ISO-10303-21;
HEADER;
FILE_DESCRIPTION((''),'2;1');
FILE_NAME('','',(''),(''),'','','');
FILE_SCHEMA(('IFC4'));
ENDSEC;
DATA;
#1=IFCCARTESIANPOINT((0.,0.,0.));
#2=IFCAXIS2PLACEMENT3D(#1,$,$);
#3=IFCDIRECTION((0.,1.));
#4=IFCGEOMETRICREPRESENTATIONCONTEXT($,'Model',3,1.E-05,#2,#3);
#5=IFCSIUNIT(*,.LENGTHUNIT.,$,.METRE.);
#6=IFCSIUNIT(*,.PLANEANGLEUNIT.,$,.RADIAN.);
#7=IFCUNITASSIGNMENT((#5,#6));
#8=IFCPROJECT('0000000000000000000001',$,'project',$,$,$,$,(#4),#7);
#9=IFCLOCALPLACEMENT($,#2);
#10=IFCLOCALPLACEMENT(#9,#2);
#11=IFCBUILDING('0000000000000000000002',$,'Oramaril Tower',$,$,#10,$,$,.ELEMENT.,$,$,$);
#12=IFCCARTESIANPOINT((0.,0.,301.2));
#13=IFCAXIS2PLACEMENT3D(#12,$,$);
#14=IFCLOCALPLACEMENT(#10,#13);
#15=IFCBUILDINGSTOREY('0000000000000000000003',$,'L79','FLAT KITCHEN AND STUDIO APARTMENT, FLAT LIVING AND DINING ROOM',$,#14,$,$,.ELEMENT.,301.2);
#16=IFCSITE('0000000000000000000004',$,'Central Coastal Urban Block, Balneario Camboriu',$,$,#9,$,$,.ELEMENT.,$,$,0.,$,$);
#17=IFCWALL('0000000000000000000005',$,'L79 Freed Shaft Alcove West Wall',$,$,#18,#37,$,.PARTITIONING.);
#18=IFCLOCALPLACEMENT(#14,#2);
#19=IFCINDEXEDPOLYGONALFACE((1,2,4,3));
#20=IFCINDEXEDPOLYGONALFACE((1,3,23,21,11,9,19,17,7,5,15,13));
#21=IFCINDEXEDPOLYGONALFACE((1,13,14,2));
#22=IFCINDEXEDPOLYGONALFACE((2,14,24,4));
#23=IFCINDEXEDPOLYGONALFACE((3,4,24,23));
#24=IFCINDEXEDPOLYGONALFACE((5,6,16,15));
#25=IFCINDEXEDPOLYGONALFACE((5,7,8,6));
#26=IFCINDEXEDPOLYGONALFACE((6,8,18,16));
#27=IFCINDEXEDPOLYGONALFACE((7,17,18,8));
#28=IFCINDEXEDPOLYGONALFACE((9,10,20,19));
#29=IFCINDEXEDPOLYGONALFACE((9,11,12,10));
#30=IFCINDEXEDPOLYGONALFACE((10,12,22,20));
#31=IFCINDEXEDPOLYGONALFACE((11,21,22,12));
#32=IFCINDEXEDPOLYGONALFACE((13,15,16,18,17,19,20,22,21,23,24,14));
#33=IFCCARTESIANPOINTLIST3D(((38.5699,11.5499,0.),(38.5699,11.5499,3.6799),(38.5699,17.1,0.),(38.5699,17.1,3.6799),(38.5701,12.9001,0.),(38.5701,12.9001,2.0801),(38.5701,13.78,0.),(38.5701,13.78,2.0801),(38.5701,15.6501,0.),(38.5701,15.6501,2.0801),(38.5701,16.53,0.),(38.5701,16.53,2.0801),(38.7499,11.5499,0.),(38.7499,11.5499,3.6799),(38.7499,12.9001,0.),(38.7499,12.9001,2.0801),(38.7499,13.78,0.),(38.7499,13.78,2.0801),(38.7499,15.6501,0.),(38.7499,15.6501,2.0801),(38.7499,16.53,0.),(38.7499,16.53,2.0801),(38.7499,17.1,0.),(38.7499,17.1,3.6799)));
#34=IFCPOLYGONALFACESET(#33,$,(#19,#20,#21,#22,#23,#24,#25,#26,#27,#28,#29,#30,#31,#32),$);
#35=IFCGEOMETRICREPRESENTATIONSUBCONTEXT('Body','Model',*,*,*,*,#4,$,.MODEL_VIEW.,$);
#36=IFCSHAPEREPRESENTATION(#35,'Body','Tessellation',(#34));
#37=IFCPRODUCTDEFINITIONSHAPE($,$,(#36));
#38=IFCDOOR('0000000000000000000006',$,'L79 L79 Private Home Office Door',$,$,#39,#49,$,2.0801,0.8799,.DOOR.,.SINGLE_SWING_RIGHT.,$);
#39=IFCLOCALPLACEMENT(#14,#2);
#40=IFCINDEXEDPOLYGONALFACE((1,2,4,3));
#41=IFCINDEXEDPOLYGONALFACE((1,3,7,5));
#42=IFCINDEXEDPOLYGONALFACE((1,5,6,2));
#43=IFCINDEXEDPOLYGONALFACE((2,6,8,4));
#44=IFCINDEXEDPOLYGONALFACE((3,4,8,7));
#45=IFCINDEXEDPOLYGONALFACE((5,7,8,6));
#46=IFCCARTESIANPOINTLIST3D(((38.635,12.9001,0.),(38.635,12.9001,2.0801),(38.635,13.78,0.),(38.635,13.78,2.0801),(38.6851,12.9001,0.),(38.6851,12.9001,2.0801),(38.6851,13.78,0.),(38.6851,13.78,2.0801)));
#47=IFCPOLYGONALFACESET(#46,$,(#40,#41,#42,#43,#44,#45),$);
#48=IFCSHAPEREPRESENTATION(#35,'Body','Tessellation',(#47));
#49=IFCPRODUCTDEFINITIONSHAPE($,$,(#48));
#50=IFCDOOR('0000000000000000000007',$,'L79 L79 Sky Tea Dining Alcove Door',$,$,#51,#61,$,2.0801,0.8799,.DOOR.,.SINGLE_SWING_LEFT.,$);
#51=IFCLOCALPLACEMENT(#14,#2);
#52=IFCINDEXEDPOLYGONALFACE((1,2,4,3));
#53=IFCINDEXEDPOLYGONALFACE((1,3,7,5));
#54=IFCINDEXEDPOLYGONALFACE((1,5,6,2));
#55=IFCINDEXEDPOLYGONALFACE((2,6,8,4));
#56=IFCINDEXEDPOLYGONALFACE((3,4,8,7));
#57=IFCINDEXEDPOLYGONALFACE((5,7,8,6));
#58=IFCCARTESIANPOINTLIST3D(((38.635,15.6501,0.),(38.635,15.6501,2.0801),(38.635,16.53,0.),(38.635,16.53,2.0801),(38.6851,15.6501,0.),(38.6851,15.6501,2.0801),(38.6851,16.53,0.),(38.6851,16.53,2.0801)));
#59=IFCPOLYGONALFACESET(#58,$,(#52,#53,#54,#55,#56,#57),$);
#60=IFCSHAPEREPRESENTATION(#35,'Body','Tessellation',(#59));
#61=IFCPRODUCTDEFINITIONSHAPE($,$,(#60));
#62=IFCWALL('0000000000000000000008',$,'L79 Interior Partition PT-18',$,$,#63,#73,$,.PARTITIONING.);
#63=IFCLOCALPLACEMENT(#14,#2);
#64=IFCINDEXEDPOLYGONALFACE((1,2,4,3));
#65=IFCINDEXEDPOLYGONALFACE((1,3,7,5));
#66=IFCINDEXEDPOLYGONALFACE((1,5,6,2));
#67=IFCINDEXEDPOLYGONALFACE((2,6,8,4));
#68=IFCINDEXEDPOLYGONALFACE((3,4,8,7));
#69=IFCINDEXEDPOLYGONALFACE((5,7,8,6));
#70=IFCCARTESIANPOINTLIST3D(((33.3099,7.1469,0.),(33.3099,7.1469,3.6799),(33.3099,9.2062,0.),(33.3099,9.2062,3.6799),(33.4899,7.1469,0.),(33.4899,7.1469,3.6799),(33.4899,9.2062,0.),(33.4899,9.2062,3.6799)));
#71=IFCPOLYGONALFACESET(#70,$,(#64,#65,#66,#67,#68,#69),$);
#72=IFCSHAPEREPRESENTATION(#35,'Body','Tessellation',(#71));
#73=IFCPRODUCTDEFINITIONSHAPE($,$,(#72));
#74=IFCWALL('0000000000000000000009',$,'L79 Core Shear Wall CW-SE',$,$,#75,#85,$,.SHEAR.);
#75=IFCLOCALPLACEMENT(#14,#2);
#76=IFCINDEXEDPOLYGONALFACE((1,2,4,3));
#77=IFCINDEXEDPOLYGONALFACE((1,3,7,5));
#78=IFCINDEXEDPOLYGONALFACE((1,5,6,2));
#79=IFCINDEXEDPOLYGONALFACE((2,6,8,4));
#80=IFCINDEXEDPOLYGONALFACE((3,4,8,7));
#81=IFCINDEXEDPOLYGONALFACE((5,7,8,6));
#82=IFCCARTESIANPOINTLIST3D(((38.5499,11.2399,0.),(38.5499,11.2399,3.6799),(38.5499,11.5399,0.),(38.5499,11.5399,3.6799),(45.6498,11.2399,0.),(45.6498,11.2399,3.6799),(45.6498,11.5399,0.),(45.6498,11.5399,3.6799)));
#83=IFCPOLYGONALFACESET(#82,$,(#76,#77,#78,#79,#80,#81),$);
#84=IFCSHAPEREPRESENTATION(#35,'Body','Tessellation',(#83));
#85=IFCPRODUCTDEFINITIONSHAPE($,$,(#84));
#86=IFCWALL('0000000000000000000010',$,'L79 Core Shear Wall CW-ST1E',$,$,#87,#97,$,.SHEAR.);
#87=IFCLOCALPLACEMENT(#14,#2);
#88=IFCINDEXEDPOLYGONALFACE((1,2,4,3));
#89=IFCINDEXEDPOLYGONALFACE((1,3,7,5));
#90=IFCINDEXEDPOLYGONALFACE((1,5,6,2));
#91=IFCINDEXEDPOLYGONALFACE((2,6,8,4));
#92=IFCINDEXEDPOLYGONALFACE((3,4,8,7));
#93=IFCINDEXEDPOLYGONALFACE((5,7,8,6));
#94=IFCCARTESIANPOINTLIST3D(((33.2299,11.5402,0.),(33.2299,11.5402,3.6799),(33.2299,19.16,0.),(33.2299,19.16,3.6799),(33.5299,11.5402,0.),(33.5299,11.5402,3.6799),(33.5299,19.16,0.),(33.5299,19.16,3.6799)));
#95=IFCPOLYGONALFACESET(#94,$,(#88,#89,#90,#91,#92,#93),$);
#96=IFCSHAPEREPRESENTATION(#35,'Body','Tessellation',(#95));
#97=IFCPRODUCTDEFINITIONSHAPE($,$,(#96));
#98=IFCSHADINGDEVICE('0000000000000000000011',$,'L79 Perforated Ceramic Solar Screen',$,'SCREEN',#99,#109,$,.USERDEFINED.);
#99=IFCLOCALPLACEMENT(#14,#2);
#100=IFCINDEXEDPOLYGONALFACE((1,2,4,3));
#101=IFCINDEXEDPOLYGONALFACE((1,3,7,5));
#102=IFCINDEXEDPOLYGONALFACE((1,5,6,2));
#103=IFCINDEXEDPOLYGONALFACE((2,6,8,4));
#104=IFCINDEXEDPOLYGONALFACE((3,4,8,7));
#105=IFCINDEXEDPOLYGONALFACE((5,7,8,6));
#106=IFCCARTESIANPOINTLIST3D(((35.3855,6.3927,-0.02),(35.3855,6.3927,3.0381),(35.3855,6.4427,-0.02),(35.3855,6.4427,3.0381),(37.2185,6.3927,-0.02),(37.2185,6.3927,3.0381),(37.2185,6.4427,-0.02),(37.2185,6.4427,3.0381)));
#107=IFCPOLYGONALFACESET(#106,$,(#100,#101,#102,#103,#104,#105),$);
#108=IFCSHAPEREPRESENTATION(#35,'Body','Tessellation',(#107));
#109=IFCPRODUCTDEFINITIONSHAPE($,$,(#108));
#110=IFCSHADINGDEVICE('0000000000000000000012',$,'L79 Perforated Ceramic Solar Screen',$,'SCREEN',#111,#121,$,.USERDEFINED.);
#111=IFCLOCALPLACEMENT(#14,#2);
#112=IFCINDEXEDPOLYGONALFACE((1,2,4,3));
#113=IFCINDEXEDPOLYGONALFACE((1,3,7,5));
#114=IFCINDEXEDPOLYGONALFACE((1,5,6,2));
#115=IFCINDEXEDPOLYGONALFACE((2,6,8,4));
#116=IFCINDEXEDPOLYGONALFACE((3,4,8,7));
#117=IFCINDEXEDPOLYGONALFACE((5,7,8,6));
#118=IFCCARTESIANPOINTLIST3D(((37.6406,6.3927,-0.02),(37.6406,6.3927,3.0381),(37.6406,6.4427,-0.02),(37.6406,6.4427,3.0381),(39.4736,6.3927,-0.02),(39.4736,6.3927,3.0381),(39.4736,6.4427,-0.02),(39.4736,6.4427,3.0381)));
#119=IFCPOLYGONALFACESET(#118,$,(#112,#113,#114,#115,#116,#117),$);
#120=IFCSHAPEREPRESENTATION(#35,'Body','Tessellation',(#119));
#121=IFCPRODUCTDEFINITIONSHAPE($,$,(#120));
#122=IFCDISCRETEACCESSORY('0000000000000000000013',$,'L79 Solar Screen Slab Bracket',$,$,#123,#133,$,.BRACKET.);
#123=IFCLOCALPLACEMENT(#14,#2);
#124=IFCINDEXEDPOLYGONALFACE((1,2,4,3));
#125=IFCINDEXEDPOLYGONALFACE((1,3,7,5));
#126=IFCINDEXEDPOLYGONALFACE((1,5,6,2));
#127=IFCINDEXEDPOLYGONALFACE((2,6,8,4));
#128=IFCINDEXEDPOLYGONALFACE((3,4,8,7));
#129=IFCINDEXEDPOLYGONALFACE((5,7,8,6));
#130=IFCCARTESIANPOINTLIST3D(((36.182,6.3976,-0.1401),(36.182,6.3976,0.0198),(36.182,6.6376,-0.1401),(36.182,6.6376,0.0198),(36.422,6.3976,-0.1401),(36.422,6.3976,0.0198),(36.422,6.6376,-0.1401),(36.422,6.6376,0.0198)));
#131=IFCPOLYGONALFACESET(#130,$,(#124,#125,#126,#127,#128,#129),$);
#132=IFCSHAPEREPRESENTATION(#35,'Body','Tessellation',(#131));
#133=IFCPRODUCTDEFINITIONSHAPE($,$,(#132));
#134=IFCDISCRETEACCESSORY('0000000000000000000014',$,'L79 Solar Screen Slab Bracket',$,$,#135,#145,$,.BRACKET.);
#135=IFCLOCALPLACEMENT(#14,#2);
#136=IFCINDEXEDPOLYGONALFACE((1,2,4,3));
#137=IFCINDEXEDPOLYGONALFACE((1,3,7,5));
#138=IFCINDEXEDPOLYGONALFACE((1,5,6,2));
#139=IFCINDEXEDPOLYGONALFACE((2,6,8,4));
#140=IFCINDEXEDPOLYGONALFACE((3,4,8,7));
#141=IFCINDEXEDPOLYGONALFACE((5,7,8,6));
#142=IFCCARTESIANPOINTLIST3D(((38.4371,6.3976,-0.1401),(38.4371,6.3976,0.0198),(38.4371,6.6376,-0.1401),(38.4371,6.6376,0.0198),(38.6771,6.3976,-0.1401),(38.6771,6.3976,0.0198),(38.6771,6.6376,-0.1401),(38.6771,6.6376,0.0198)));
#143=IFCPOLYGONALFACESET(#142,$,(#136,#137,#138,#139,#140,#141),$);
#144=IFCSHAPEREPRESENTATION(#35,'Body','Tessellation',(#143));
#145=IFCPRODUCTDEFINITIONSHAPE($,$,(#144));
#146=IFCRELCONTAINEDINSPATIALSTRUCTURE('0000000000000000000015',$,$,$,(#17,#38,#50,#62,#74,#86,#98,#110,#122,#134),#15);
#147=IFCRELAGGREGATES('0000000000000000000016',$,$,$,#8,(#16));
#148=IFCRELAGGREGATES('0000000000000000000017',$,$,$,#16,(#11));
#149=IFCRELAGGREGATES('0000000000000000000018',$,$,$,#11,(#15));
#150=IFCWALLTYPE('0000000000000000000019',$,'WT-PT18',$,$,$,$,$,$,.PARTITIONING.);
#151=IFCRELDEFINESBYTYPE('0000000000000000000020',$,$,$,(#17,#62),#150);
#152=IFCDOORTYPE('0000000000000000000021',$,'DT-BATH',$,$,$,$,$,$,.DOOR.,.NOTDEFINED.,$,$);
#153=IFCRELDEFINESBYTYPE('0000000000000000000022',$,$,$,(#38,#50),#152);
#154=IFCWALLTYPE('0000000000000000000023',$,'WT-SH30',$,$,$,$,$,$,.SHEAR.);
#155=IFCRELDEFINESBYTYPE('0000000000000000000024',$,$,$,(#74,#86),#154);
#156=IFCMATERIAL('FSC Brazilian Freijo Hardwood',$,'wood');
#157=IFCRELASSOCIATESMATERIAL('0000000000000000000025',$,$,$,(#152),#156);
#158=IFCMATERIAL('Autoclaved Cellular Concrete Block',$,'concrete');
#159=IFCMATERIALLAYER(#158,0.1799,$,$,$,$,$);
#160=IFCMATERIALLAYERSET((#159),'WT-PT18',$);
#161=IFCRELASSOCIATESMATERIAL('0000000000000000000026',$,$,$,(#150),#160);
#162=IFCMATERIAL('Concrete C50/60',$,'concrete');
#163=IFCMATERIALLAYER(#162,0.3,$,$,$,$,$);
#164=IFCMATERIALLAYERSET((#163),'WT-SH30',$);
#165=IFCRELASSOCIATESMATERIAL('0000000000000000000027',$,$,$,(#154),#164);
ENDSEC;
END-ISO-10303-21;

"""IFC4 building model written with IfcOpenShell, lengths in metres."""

from ifc_helpers import new_model, si_unit, direction, frame, frame_2d, origin, origin_2d, place, context, subcontext, project, spatial, rectangle, extrude, material, layer, layer_set, type_object, element, fill, save


model = new_model("IFC4")

# Units and contexts
model_context = context("Model", 3, precision=1e-05, world=origin(), true_north=direction((0.0, 1.0)))
body_context = subcontext(model_context, "Body", "Model", "MODEL_VIEW")
ifc_project = project(units=[si_unit("LENGTHUNIT", "METRE"), si_unit("PLANEANGLEUNIT", "RADIAN")], contexts=[model_context])

# Site, building, storey
site_placement = place(None, origin())
site = spatial("IfcSite", under=ifc_project, at=site_placement, Name="Central Coastal Urban Block, Balneario Camboriu", CompositionType="ELEMENT", RefElevation=0.0)
building_placement = place(site_placement, origin())
building = spatial("IfcBuilding", under=site, at=building_placement, Name="Oramaril Tower", CompositionType="ELEMENT")
storey_placement = place(building_placement, frame((0.0, 0.0, 301.2)))
storey = spatial("IfcBuildingStorey", under=building, at=storey_placement, Name="L79", Description="FLAT KITCHEN AND STUDIO APARTMENT, FLAT LIVING AND DINING ROOM", CompositionType="ELEMENT", Elevation=301.2)

# Shared definitions
ifc_material_1 = material(Name="FSC Brazilian Freijo Hardwood", Category="wood")
door_type_1 = type_object("IfcDoorType", Name="DT-BATH", OperationType="NOTDEFINED", PredefinedType="DOOR", material=ifc_material_1)

# Shared definitions
ifc_material_2 = material(Name="Autoclaved Cellular Concrete Block", Category="concrete")
ifc_layer_1 = layer(ifc_material_2, 0.1799)
ifc_layer_set_1 = layer_set([ifc_layer_1], Name="WT-PT18")
wall_type_1 = type_object("IfcWallType", Name="WT-PT18", PredefinedType="PARTITIONING", material=ifc_layer_set_1)

# Wall, openings, doors
wall_1_placement = place(storey_placement, frame((38.6599, 11.55, 0.0), z_axis=(0.0, 0.0, 1.0), x_axis=(0.0, 1.0, 0.0)))
wall_1 = element("IfcWall", 1, at=wall_1_placement, inside=storey, type_object=wall_type_1, Name="L79 Freed Shaft Alcove West Wall", PredefinedType="PARTITIONING", context=body_context, shape_type="SweptSolid", body=[
    extrude(rectangle(XDim=5.55, YDim=0.1799, at=frame_2d((2.7749, 0.0))), origin(), (0.0, 0.0, 1.0), 3.6799),
])
opening_1_placement = place(wall_1_placement, frame((1.3501, 0.0, 0.0)))
opening_1 = element("IfcOpeningElement", 2, at=opening_1_placement, cuts=wall_1, PredefinedType="OPENING", context=body_context, shape_type="SweptSolid", body=[
    extrude(rectangle(XDim=0.8799, YDim=2.0801, at=frame_2d((0.4399, 1.04))), frame((0.0, 0.0898, 0.0), z_axis=(0.0, -1.0, 0.0), x_axis=(1.0, 0.0, 0.0)), (0.0, 0.0, 1.0), 0.1799),
])
opening_2_placement = place(wall_1_placement, frame((4.1001, 0.0, 0.0)))
opening_2 = element("IfcOpeningElement", 3, at=opening_2_placement, cuts=wall_1, PredefinedType="OPENING", context=body_context, shape_type="SweptSolid", body=[
    extrude(rectangle(XDim=0.8799, YDim=2.0801, at=frame_2d((0.4399, 1.04))), frame((0.0, 0.0898, 0.0), z_axis=(0.0, -1.0, 0.0), x_axis=(1.0, 0.0, 0.0)), (0.0, 0.0, 1.0), 0.1799),
])
door_1_placement = place(opening_1_placement, origin())
door_1 = element("IfcDoor", 4, at=door_1_placement, inside=storey, type_object=door_type_1, Name="L79 L79 Private Home Office Door", OperationType="SINGLE_SWING_RIGHT", OverallHeight=2.0801, OverallWidth=0.8799, PredefinedType="DOOR", context=body_context, shape_type="SweptSolid", body=[
    extrude(rectangle(XDim=0.8799, YDim=2.0801, at=frame_2d((0.4399, 1.04))), frame((0.0, 0.0249, 0.0), z_axis=(0.0, -1.0, 0.0), x_axis=(1.0, 0.0, 0.0)), (0.0, 0.0, 1.0), 0.05),
])
fill(opening_1, door_1)
door_2_placement = place(opening_2_placement, origin())
door_2 = element("IfcDoor", 5, at=door_2_placement, inside=storey, type_object=door_type_1, Name="L79 L79 Sky Tea Dining Alcove Door", OperationType="SINGLE_SWING_LEFT", OverallHeight=2.0801, OverallWidth=0.8799, PredefinedType="DOOR", context=body_context, shape_type="SweptSolid", body=[
    extrude(rectangle(XDim=0.8799, YDim=2.0801, at=frame_2d((0.4399, 1.04))), frame((0.0, 0.0249, 0.0), z_axis=(0.0, -1.0, 0.0), x_axis=(1.0, 0.0, 0.0)), (0.0, 0.0, 1.0), 0.05),
])
fill(opening_2, door_2)

# Walls
wall_2_placement = place(storey_placement, frame((33.3999, 7.1467, 0.0), z_axis=(0.0, 0.0, 1.0), x_axis=(0.0, 1.0, 0.0)))
element("IfcWall", 6, at=wall_2_placement, inside=storey, type_object=wall_type_1, Name="L79 Interior Partition PT-18", PredefinedType="PARTITIONING", context=body_context, shape_type="SweptSolid", body=[
    extrude(rectangle(XDim=2.0593, YDim=0.1799, at=frame_2d((1.0298, 0.0))), origin(), (0.0, 0.0, 1.0), 3.6799),
])
ifc_material_3 = material(Name="Concrete C50/60", Category="concrete")
ifc_layer_2 = layer(ifc_material_3, 0.3)
ifc_layer_set_2 = layer_set([ifc_layer_2], Name="WT-SH30")
wall_type_2 = type_object("IfcWallType", Name="WT-SH30", PredefinedType="SHEAR", material=ifc_layer_set_2)
wall_3_placement = place(storey_placement, frame((38.55, 11.3899, 0.0), z_axis=(0.0, 0.0, 1.0), x_axis=(1.0, 0.0, 0.0)))
element("IfcWall", 7, at=wall_3_placement, inside=storey, type_object=wall_type_2, Name="L79 Core Shear Wall CW-SE", PredefinedType="SHEAR", context=body_context, shape_type="SweptSolid", body=[
    extrude(rectangle(XDim=7.0999, YDim=0.3, at=frame_2d((3.5498, 0.0))), origin(), (0.0, 0.0, 1.0), 3.6799),
])
wall_4_placement = place(storey_placement, frame((33.3799, 11.54, 0.0), z_axis=(0.0, 0.0, 1.0), x_axis=(0.0, 1.0, 0.0)))
element("IfcWall", 8, at=wall_4_placement, inside=storey, type_object=wall_type_2, Name="L79 Core Shear Wall CW-ST1E", PredefinedType="SHEAR", context=body_context, shape_type="SweptSolid", body=[
    extrude(rectangle(XDim=7.6199, YDim=0.3, at=frame_2d((3.8101, 0.0))), origin(), (0.0, 0.0, 1.0), 3.6799),
])

# Shading devices
for number, where, z_axis, x_axis, name in (
    (9, (36.302, 6.4177, -0.02), (0.0, 0.0, 1.0), (1.0, 0.0, 0.0), "L79 Perforated Ceramic Solar Screen"),
    (10, (38.5571, 6.4177, -0.02), (0.0, 0.0, 1.0), (1.0, 0.0, 0.0), "L79 Perforated Ceramic Solar Screen"),
):
    element("IfcShadingDevice", number, at=place(storey_placement, frame(where, z_axis=z_axis, x_axis=x_axis)), inside=storey, Name=name, ObjectType="SCREEN", PredefinedType="USERDEFINED", context=body_context, shape_type="SweptSolid", body=[
        extrude(rectangle(XDim=1.833, YDim=0.05, at=origin_2d()), origin(), (0.0, 0.0, 1.0), 3.0581),
    ])

# Discrete accessories
for number, where, z_axis, x_axis, name in (
    (11, (36.302, 6.5176, -0.1401), (0.0, 0.0, 1.0), (1.0, 0.0, 0.0), "L79 Solar Screen Slab Bracket"),
    (12, (38.5571, 6.5176, -0.1401), (0.0, 0.0, 1.0), (1.0, 0.0, 0.0), "L79 Solar Screen Slab Bracket"),
):
    element("IfcDiscreteAccessory", number, at=place(storey_placement, frame(where, z_axis=z_axis, x_axis=x_axis)), inside=storey, Name=name, PredefinedType="BRACKET", context=body_context, shape_type="SweptSolid", body=[
        extrude(rectangle(XDim=0.24, YDim=0.24, at=origin_2d()), origin(), (0.0, 0.0, 1.0), 0.1599),
    ])

save(model, "model.ifc")
